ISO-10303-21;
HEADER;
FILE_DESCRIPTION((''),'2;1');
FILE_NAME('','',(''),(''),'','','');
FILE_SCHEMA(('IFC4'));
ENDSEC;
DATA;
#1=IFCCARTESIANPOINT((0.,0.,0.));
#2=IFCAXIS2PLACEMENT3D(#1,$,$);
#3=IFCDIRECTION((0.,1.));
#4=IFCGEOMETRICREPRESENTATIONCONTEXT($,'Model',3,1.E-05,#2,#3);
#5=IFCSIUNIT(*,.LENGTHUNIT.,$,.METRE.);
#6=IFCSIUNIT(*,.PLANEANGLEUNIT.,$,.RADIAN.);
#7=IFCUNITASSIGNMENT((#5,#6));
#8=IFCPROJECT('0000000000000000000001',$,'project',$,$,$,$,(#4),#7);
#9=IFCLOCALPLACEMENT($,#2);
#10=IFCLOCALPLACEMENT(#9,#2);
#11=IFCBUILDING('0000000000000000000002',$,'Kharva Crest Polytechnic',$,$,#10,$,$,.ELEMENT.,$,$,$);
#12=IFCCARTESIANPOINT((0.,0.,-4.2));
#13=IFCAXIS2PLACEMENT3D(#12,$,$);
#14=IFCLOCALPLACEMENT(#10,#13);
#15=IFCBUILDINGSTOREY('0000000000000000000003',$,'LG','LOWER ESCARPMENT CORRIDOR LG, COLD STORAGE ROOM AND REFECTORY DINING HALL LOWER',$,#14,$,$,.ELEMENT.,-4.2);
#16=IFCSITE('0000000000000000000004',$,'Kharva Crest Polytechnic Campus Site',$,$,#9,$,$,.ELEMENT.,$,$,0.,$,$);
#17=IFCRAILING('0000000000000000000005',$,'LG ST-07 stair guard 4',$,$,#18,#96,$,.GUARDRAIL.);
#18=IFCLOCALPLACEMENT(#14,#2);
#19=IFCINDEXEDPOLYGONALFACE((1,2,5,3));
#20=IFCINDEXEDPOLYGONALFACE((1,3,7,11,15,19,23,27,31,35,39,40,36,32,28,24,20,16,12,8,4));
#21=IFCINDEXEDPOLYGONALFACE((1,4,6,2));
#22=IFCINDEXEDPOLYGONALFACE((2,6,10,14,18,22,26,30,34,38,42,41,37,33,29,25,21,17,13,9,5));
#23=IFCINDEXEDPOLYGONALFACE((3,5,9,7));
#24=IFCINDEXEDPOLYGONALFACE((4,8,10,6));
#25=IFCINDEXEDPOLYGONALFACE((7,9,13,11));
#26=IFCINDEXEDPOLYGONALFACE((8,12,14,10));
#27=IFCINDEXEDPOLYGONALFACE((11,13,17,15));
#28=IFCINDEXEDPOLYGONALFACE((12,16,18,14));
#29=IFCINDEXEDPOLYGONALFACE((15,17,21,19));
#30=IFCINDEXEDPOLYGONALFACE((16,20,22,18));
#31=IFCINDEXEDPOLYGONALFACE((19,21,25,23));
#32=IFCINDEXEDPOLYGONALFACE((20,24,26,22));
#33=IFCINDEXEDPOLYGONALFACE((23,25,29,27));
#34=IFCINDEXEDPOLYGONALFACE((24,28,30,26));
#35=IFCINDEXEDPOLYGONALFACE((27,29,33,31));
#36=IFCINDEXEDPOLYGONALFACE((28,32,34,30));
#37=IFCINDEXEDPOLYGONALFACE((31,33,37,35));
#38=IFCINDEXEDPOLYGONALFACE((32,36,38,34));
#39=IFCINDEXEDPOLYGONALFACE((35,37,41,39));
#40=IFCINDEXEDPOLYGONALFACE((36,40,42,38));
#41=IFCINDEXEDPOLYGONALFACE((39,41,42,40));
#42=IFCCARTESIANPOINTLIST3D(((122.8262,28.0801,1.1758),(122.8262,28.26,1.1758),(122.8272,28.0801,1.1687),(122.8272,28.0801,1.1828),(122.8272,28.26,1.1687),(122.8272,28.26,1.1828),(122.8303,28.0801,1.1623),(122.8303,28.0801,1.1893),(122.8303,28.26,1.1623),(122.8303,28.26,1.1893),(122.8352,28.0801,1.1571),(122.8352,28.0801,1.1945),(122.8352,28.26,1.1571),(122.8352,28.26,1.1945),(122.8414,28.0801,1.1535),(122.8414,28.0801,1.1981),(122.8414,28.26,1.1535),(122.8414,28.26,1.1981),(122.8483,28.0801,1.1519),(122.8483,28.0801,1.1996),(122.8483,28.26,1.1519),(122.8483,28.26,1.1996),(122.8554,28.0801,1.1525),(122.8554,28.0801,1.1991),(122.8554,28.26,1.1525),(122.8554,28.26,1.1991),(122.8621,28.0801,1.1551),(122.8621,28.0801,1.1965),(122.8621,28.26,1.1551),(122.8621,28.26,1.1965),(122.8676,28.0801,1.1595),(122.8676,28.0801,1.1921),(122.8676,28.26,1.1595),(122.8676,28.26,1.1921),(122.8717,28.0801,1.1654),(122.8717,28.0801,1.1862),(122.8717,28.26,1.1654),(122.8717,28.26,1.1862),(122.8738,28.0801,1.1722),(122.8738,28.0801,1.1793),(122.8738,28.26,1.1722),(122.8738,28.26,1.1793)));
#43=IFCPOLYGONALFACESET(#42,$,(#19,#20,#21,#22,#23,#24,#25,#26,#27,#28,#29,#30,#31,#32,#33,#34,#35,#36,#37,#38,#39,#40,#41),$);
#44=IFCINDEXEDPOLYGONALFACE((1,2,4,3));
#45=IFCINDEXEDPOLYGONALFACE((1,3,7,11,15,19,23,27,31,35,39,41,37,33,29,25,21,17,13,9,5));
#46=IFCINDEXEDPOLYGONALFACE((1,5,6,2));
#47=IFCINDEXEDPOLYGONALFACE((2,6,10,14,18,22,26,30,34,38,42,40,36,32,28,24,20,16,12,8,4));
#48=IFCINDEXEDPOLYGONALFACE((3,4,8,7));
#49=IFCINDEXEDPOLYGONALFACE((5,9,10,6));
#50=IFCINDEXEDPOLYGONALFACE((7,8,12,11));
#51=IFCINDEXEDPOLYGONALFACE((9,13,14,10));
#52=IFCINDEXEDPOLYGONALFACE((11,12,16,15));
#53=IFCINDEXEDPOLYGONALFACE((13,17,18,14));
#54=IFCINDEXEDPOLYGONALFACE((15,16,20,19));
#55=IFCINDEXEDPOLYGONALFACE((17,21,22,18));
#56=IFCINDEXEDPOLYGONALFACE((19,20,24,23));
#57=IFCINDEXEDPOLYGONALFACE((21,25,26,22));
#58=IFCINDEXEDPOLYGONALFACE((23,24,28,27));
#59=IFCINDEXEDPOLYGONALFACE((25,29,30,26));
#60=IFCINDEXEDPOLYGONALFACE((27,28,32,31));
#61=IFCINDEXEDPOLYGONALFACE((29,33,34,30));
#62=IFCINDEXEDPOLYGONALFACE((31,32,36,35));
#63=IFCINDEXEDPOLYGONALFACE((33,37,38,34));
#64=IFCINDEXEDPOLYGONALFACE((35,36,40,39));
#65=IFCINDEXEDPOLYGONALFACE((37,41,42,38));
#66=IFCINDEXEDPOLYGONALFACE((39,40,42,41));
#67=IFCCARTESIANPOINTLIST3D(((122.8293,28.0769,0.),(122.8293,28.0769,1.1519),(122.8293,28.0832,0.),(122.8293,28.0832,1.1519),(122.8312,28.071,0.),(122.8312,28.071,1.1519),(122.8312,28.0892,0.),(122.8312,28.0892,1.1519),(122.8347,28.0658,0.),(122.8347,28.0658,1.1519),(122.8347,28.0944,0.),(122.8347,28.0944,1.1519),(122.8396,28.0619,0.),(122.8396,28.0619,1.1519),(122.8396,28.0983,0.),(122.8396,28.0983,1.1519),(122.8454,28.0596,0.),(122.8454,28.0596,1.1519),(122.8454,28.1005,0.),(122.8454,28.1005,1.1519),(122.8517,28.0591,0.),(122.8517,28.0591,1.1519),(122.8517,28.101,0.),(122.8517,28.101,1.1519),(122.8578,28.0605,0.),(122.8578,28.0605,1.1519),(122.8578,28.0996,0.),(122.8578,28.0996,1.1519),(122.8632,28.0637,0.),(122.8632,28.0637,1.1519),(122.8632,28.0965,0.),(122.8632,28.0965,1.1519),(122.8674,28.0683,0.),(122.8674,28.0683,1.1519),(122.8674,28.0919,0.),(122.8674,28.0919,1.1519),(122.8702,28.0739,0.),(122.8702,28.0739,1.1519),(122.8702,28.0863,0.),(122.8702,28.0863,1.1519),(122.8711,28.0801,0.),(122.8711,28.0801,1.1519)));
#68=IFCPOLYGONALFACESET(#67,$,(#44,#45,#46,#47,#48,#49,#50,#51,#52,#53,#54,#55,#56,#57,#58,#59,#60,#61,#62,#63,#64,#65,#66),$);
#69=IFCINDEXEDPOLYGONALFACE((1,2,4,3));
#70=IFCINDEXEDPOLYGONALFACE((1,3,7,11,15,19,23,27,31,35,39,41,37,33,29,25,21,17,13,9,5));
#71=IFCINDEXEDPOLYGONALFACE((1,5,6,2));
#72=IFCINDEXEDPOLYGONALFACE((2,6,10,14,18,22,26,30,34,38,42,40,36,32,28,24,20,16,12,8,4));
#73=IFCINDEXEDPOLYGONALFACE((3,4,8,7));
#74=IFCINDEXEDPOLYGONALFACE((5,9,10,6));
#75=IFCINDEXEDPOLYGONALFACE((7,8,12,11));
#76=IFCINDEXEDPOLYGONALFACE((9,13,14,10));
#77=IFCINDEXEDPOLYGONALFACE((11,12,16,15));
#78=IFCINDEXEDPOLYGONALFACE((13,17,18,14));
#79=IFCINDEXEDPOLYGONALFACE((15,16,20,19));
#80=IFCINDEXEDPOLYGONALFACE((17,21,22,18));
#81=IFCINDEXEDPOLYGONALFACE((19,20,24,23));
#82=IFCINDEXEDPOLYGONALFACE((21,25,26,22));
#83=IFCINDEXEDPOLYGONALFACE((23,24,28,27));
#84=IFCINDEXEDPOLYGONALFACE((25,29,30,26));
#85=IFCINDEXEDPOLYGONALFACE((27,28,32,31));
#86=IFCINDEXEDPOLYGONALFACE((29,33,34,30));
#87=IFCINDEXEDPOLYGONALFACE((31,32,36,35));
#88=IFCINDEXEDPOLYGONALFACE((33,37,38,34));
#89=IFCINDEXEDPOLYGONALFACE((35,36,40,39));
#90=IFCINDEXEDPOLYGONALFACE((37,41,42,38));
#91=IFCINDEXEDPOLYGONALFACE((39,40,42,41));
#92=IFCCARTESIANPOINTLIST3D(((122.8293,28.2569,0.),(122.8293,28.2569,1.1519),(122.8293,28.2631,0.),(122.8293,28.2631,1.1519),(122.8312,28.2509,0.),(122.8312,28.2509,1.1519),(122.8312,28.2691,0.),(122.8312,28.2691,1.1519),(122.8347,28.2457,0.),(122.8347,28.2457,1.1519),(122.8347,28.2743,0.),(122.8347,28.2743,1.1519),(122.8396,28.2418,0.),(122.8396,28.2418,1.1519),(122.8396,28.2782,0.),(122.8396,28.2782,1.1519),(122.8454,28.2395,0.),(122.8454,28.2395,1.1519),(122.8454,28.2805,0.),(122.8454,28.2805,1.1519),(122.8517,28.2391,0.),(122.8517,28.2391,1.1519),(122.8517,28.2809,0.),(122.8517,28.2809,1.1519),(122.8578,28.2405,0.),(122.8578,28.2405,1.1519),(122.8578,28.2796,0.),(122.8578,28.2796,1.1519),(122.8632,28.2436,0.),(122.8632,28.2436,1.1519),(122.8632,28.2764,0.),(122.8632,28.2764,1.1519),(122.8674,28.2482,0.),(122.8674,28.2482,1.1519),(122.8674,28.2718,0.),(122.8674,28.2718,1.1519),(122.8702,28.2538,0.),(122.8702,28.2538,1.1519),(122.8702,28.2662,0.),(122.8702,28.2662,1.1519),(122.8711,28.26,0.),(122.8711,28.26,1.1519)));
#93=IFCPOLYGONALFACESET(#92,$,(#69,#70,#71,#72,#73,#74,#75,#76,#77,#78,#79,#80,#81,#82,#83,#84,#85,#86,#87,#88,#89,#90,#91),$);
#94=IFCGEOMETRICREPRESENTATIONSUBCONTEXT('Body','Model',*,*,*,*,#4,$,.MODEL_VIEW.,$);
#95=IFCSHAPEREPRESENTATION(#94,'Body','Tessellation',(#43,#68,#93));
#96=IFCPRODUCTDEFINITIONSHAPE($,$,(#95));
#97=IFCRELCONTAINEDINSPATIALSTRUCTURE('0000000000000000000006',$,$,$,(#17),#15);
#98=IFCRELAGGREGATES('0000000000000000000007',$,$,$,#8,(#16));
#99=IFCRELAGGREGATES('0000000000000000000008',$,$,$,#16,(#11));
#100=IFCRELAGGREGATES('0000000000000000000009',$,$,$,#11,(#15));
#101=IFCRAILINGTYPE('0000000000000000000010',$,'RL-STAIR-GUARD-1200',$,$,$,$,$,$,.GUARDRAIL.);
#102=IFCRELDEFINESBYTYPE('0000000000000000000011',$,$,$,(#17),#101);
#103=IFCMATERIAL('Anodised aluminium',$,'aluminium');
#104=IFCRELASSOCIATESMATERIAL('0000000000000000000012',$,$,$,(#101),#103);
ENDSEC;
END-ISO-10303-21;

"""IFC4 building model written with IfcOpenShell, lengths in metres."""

from ifc_helpers import new_model, si_unit, direction, frame, origin, origin_2d, place, context, subcontext, project, spatial, circle, extrude, material, type_object, element, save


model = new_model("IFC4")

# Units and contexts
model_context = context("Model", 3, precision=1e-05, world=origin(), true_north=direction((0.0, 1.0)))
body_context = subcontext(model_context, "Body", "Model", "MODEL_VIEW")
ifc_project = project(units=[si_unit("LENGTHUNIT", "METRE"), si_unit("PLANEANGLEUNIT", "RADIAN")], contexts=[model_context])

# Site, building, storey
site_placement = place(None, origin())
site = spatial("IfcSite", under=ifc_project, at=site_placement, Name="Kharva Crest Polytechnic Campus Site", CompositionType="ELEMENT", RefElevation=0.0)
building_placement = place(site_placement, origin())
building = spatial("IfcBuilding", under=site, at=building_placement, Name="Kharva Crest Polytechnic", CompositionType="ELEMENT")
storey_placement = place(building_placement, frame((0.0, 0.0, -4.2)))
storey = spatial("IfcBuildingStorey", under=building, at=storey_placement, Name="LG", Description="LOWER ESCARPMENT CORRIDOR LG, COLD STORAGE ROOM AND REFECTORY DINING HALL LOWER", CompositionType="ELEMENT", Elevation=-4.2)

# Railing
ifc_material_1 = material(Name="Anodised aluminium", Category="aluminium")
railing_type_1 = type_object("IfcRailingType", Name="RL-STAIR-GUARD-1200", PredefinedType="GUARDRAIL", material=ifc_material_1)
railing_1_placement = place(storey_placement, frame((122.8501, 28.0801, 0.0)))
element("IfcRailing", 1, at=railing_1_placement, inside=storey, type_object=railing_type_1, Name="LG ST-07 stair guard 4", PredefinedType="GUARDRAIL", context=body_context, shape_type="SweptSolid", body=[
    extrude(circle(Radius=0.0239, at=origin_2d()), frame((0.0, 0.0, 1.1758), z_axis=(0.0, 1.0, 0.0), x_axis=(-1.0, 0.0, 0.0)), (0.0, 0.0, 1.0), 0.1799),
    extrude(circle(Radius=0.021, at=origin_2d()), origin(), (0.0, 0.0, 1.0), 1.1519),
    extrude(circle(Radius=0.021, at=origin_2d()), frame((0.0, 0.1799, 0.0)), (0.0, 0.0, 1.0), 1.1519),
])

save(model, "model.ifc")
